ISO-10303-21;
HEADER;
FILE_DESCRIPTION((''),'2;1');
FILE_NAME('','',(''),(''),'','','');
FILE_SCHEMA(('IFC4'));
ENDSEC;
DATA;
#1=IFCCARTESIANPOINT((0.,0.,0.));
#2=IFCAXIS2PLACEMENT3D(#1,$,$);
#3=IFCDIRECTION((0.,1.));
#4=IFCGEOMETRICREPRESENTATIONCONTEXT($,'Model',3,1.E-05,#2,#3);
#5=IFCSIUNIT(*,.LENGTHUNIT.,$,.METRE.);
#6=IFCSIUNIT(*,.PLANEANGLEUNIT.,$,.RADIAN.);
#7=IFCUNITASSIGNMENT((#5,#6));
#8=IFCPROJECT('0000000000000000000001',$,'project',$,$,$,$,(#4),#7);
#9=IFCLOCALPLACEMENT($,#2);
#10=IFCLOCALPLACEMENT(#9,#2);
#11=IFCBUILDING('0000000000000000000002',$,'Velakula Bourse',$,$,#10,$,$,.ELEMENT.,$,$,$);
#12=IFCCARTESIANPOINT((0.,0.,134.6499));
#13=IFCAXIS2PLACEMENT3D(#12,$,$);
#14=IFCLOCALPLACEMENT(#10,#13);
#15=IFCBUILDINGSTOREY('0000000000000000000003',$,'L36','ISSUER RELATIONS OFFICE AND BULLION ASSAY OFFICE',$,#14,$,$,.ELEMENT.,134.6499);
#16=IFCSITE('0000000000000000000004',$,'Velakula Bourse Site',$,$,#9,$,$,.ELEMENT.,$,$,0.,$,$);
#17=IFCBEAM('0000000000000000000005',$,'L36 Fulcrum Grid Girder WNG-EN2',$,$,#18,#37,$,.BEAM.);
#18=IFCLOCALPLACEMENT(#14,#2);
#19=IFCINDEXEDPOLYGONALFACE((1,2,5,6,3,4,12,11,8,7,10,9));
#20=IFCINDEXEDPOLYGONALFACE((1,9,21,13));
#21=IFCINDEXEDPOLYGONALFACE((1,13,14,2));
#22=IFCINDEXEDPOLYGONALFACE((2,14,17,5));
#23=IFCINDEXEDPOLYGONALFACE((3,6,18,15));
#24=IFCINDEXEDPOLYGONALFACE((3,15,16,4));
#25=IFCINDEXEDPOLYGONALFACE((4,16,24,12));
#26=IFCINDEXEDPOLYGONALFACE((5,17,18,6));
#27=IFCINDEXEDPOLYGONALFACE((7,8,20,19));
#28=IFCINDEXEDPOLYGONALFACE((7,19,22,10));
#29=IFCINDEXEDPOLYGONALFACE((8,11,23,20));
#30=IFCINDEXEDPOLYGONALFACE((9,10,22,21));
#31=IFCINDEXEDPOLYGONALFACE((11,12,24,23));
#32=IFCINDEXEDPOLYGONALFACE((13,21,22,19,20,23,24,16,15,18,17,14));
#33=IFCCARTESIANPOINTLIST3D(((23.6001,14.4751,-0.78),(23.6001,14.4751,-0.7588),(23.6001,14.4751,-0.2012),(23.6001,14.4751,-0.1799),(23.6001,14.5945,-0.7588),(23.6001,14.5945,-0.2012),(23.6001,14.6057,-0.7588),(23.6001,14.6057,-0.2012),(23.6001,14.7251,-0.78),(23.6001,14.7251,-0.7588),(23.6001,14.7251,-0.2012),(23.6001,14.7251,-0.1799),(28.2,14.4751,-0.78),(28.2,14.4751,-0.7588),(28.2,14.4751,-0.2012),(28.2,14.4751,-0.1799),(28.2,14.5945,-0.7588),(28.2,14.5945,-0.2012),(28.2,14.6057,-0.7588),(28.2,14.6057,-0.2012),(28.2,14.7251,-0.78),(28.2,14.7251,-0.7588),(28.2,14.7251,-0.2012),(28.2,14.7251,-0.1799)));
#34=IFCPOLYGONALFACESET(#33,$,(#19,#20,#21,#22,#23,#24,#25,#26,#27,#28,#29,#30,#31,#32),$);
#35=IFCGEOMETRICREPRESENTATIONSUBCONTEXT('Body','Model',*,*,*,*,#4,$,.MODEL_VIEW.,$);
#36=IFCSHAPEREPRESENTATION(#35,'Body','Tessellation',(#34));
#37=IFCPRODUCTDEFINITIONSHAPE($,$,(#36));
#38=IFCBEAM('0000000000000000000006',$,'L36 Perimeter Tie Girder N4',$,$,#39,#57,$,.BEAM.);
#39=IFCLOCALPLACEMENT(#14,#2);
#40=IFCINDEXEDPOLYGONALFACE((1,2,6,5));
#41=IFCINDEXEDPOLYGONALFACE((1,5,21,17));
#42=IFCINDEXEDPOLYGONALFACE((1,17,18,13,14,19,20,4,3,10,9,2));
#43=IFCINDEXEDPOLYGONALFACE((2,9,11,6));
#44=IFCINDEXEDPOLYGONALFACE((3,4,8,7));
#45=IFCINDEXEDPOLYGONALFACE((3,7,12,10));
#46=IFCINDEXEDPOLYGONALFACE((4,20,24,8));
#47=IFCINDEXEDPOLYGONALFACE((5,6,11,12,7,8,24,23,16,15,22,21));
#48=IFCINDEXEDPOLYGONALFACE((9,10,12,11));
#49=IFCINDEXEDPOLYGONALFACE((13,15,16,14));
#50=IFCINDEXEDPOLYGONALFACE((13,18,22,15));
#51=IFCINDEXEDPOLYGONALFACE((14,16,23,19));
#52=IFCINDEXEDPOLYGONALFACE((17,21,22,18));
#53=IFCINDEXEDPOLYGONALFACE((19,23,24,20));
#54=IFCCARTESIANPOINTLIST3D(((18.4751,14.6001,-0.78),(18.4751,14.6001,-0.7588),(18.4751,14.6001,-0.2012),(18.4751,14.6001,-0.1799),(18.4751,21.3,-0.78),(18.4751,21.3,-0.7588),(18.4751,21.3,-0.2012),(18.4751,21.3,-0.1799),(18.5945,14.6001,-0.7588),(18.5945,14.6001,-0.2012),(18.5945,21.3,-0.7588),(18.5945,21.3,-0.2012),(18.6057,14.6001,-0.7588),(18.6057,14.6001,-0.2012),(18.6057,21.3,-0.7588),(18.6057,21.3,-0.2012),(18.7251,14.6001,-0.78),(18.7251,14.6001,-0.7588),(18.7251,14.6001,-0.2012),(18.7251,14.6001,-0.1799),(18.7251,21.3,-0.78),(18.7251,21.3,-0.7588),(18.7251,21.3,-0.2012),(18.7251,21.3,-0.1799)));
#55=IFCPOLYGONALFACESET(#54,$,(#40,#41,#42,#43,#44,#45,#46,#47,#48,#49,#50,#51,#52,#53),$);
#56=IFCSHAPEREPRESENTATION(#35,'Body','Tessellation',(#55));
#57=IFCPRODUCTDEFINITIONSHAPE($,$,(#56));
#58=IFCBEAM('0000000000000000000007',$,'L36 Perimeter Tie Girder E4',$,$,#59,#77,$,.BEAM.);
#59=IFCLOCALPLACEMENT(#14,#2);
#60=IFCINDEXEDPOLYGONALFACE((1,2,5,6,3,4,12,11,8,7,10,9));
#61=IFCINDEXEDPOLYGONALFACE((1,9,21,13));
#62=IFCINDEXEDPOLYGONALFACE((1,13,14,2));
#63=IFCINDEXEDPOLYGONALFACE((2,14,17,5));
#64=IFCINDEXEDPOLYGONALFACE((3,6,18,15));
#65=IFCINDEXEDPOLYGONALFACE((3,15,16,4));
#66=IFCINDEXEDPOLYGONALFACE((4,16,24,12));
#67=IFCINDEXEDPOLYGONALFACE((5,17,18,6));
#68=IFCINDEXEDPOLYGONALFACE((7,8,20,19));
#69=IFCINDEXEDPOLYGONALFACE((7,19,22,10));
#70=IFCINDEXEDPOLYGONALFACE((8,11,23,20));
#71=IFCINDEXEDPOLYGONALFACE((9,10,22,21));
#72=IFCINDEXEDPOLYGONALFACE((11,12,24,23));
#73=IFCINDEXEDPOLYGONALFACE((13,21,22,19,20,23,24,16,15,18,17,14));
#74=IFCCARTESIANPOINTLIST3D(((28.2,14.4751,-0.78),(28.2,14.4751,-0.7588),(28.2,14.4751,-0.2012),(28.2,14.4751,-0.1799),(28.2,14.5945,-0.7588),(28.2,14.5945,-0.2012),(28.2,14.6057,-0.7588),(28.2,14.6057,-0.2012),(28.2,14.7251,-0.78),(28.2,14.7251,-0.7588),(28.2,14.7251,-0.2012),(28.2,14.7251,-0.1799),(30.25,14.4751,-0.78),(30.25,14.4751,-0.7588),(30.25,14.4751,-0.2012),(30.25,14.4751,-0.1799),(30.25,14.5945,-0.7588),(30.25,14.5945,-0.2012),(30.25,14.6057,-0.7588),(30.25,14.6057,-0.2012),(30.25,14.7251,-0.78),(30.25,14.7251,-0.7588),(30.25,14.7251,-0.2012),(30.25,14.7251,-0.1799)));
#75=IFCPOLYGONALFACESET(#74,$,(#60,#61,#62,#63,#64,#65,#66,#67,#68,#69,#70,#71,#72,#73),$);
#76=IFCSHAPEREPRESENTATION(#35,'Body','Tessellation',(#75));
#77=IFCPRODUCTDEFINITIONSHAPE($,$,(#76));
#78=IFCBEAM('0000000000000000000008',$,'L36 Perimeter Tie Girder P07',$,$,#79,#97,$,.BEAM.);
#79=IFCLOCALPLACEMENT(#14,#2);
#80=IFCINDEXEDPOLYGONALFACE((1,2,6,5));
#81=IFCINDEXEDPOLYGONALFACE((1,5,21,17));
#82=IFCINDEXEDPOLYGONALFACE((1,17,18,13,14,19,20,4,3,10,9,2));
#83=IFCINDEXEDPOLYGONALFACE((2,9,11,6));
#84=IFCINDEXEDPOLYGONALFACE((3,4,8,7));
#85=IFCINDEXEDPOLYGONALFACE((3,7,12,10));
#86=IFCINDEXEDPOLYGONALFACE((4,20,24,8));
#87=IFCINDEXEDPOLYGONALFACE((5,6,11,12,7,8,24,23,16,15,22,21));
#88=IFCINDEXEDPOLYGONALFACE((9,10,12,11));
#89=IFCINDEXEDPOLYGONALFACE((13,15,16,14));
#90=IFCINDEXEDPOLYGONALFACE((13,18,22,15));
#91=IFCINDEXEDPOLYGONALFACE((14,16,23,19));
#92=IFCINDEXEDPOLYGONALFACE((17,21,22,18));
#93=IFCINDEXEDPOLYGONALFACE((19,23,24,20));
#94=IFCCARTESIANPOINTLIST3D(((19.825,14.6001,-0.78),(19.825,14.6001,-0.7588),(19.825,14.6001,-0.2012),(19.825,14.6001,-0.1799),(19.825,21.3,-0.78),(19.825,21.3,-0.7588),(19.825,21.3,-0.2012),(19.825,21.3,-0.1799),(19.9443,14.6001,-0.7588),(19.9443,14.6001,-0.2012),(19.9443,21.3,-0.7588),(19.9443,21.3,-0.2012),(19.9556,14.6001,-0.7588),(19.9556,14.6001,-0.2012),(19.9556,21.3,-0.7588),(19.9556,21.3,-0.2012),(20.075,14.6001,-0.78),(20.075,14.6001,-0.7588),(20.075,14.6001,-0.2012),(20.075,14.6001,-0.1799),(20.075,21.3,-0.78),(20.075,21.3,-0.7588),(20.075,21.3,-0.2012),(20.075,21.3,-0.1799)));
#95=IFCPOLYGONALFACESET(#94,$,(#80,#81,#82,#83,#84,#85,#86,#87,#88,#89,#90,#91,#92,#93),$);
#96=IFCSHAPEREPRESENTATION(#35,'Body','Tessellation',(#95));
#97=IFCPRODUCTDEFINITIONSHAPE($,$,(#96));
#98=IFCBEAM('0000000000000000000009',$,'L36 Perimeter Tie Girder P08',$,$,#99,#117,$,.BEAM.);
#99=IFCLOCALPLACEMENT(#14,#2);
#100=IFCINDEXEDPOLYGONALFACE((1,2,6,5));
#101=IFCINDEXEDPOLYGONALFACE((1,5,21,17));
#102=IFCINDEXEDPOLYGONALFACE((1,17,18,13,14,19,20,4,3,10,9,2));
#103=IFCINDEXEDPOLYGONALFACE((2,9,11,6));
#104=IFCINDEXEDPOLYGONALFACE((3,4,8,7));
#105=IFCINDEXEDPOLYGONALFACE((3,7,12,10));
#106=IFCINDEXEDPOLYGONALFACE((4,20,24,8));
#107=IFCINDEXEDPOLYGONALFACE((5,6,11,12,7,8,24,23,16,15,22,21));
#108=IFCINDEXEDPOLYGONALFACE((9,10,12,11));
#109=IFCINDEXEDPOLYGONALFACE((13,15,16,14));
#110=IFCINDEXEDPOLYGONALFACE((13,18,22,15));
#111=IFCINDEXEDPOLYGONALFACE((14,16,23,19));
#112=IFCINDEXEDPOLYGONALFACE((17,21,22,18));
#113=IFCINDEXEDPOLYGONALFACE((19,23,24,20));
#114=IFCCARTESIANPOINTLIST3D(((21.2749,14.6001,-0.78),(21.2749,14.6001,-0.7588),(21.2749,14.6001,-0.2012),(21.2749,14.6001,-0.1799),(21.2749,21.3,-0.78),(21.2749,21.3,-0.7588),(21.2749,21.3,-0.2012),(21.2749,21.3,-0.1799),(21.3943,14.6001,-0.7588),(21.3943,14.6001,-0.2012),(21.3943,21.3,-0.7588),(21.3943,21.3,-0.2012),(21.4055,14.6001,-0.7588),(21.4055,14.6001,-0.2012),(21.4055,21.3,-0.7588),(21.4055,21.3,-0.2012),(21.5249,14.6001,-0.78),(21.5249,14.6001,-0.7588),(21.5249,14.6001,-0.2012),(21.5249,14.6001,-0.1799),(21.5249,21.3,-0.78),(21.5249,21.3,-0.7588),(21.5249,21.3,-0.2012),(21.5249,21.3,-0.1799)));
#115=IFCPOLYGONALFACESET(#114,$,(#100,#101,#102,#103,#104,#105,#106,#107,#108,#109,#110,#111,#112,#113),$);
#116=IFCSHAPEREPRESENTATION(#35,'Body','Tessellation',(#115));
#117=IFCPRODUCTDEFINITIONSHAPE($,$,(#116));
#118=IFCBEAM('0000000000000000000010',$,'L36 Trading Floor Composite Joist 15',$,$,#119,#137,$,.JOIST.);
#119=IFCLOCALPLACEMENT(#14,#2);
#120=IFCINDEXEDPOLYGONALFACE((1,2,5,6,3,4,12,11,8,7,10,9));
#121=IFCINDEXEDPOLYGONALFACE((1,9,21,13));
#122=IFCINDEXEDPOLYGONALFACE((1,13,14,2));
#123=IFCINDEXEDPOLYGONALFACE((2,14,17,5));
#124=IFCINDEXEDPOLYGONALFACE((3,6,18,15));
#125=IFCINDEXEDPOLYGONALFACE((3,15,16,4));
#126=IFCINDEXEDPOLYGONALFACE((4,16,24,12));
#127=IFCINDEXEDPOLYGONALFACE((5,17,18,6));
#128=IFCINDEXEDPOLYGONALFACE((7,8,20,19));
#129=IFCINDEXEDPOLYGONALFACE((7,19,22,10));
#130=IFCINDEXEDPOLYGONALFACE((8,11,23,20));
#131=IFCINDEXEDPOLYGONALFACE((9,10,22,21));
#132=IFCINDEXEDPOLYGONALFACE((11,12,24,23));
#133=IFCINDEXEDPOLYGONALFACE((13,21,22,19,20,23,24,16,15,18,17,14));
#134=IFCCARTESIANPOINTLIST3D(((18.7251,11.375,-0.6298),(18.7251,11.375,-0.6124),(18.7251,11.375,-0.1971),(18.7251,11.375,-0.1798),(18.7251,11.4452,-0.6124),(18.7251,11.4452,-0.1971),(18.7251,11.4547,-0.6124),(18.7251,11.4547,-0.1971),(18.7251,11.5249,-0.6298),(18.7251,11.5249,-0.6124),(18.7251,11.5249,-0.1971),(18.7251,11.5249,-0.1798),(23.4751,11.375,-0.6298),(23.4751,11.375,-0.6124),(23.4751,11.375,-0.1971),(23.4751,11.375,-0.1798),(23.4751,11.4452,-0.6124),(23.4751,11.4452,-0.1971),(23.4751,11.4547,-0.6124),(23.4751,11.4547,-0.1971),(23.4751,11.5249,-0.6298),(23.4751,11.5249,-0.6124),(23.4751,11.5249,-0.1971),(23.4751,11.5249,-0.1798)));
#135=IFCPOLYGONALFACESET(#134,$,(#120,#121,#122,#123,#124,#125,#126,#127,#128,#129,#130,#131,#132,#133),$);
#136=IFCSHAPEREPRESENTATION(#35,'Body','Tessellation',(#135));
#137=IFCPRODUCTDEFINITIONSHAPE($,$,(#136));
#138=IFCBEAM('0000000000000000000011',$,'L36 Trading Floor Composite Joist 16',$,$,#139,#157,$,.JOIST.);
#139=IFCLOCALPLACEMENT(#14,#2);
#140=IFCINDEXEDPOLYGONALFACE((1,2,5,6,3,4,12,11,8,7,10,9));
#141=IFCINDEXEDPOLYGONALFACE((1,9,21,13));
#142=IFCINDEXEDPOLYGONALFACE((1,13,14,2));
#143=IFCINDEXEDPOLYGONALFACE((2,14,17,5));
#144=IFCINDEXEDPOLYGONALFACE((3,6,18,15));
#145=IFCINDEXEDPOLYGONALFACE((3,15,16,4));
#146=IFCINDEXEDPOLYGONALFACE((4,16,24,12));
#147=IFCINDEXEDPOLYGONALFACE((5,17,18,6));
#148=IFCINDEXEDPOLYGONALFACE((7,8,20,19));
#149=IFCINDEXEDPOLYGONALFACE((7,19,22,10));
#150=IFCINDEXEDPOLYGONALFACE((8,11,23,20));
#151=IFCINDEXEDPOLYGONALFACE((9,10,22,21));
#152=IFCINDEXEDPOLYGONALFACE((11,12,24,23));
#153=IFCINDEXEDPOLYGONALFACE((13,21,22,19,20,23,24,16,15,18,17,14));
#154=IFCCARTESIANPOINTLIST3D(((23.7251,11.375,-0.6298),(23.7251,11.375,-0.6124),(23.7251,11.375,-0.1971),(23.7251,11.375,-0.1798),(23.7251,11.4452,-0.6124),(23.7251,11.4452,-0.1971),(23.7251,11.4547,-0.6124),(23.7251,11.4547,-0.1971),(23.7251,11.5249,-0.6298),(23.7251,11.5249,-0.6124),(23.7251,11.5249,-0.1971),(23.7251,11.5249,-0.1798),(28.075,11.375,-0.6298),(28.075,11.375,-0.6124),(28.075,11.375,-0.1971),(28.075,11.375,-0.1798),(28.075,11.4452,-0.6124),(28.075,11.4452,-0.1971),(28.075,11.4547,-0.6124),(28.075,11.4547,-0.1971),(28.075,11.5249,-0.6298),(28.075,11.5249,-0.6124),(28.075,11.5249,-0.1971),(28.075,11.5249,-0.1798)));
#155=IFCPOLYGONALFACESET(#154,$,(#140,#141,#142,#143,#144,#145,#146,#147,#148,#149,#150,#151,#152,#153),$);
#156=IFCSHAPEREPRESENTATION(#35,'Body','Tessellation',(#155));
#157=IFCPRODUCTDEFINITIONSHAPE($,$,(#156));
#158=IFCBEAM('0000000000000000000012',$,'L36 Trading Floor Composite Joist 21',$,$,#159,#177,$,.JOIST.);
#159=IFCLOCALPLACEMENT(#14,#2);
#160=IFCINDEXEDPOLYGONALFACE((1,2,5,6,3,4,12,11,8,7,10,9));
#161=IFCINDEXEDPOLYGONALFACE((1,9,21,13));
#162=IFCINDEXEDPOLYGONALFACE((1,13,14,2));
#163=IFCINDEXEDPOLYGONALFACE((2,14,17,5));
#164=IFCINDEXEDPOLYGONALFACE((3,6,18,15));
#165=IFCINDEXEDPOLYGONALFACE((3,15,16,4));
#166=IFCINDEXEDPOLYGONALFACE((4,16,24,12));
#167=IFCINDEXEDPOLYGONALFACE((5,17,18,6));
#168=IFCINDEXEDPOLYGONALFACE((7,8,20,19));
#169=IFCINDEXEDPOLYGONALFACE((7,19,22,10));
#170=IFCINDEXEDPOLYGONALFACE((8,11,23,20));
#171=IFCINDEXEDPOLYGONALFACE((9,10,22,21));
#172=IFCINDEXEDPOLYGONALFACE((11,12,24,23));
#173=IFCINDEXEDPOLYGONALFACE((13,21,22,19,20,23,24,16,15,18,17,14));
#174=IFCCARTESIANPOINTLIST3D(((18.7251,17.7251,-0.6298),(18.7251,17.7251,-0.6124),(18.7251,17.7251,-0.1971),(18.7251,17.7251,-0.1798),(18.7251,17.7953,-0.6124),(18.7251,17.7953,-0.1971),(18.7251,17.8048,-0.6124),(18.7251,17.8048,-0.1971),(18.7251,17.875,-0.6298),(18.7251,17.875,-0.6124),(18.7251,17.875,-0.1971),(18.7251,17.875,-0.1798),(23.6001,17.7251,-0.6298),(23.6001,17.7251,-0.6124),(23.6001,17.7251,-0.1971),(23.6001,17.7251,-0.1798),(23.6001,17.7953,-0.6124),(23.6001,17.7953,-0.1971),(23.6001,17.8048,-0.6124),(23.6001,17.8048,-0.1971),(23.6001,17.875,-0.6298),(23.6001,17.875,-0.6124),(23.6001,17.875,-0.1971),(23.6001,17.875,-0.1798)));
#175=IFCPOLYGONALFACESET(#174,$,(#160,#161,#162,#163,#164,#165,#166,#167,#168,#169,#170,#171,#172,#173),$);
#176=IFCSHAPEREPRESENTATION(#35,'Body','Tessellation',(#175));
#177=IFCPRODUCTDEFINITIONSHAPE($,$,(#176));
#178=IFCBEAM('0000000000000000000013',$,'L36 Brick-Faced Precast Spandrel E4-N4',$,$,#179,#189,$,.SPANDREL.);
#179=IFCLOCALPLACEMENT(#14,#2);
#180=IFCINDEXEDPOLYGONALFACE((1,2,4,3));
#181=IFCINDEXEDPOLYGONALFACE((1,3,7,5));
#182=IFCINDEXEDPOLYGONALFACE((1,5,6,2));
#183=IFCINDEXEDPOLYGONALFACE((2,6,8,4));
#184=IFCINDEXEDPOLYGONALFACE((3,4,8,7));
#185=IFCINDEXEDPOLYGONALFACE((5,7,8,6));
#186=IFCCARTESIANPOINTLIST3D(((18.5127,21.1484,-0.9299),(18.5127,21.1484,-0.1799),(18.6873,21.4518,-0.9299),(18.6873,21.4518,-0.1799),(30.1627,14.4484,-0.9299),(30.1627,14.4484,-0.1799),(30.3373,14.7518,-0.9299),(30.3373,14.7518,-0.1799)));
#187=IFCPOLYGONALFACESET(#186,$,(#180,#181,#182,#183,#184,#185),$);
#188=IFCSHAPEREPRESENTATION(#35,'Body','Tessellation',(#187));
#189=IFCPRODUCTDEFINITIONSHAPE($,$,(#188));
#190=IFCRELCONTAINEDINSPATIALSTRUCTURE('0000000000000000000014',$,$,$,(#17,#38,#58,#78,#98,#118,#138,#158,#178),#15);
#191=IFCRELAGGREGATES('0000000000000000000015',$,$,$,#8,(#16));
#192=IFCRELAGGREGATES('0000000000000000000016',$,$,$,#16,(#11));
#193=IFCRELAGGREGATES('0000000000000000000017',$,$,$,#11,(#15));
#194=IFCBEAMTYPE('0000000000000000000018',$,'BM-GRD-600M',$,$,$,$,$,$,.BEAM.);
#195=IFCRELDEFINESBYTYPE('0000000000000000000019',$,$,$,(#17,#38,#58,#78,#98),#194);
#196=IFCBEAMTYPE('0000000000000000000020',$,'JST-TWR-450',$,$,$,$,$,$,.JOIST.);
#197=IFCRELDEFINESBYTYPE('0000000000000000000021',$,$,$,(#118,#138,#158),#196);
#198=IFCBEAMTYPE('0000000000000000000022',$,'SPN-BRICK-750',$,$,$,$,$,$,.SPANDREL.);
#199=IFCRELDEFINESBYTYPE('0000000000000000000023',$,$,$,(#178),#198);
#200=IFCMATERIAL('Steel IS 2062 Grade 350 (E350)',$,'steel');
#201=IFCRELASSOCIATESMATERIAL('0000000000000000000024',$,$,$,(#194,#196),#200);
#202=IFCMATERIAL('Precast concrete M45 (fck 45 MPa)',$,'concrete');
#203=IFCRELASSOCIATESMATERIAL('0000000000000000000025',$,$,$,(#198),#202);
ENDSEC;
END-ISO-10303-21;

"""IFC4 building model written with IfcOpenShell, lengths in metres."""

from ifc_helpers import new_model, si_unit, direction, frame, origin, origin_2d, place, context, subcontext, project, spatial, rectangle, i_section, extrude, material, material_profile, profile_set, type_object, element, save


model = new_model("IFC4")

# Units and contexts
model_context = context("Model", 3, precision=1e-05, world=origin(), true_north=direction((0.0, 1.0)))
body_context = subcontext(model_context, "Body", "Model", "MODEL_VIEW")
ifc_project = project(units=[si_unit("LENGTHUNIT", "METRE"), si_unit("PLANEANGLEUNIT", "RADIAN")], contexts=[model_context])

# Site, building, storey
site_placement = place(None, origin())
site = spatial("IfcSite", under=ifc_project, at=site_placement, Name="Velakula Bourse Site", CompositionType="ELEMENT", RefElevation=0.0)
building_placement = place(site_placement, origin())
building = spatial("IfcBuilding", under=site, at=building_placement, Name="Velakula Bourse", CompositionType="ELEMENT")
storey_placement = place(building_placement, frame((0.0, 0.0, 134.6499)))
storey = spatial("IfcBuildingStorey", under=building, at=storey_placement, Name="L36", Description="ISSUER RELATIONS OFFICE AND BULLION ASSAY OFFICE", CompositionType="ELEMENT", Elevation=134.6499)

# Shared definitions
ifc_material_1 = material(Name="Steel IS 2062 Grade 350 (E350)", Category="steel")
ifc_material_2 = material(Name="Precast concrete M45 (fck 45 MPa)", Category="concrete")

# Beams
ifc_material_profile_1 = material_profile(ifc_material_1, i_section(OverallWidth=0.25, OverallDepth=0.6001, WebThickness=0.0112, FlangeThickness=0.0212, at=origin_2d()), Name="Steel IS 2062 Grade 350 (E350)")
ifc_profile_set_1 = profile_set([ifc_material_profile_1], Name="Steel IS 2062 Grade 350 (E350)")
beam_type_1 = type_object("IfcBeamType", Name="BM-GRD-600M", PredefinedType="BEAM", material=ifc_profile_set_1)
beam_1_placement = place(storey_placement, frame((23.6001, 14.6001, -0.48), z_axis=(1.0, 0.0, 0.0), x_axis=(0.0, 1.0, 0.0)))
element("IfcBeam", 1, at=beam_1_placement, inside=storey, type_object=beam_type_1, Name="L36 Fulcrum Grid Girder WNG-EN2", PredefinedType="BEAM", context=body_context, shape_type="SweptSolid", body=[
    extrude(i_section(OverallWidth=0.25, OverallDepth=0.6001, WebThickness=0.0112, FlangeThickness=0.0212, at=origin_2d()), origin(), (0.0, 0.0, 1.0), 4.5999),
])
beam_2_placement = place(storey_placement, frame((18.6001, 14.6001, -0.48), z_axis=(0.0, 1.0, 0.0), x_axis=(-1.0, 0.0, 0.0)))
element("IfcBeam", 2, at=beam_2_placement, inside=storey, type_object=beam_type_1, Name="L36 Perimeter Tie Girder N4", PredefinedType="BEAM", context=body_context, shape_type="SweptSolid", body=[
    extrude(i_section(OverallWidth=0.25, OverallDepth=0.6001, WebThickness=0.0112, FlangeThickness=0.0212, at=origin_2d()), origin(), (0.0, 0.0, 1.0), 6.7),
])
beam_3_placement = place(storey_placement, frame((28.2, 14.6001, -0.48), z_axis=(1.0, 0.0, 0.0), x_axis=(0.0, 1.0, 0.0)))
element("IfcBeam", 3, at=beam_3_placement, inside=storey, type_object=beam_type_1, Name="L36 Perimeter Tie Girder E4", PredefinedType="BEAM", context=body_context, shape_type="SweptSolid", body=[
    extrude(i_section(OverallWidth=0.25, OverallDepth=0.6001, WebThickness=0.0112, FlangeThickness=0.0212, at=origin_2d()), origin(), (0.0, 0.0, 1.0), 2.05),
])
for number, where, z_axis, x_axis, name in (
    (4, (19.95, 14.6001, -0.48), (0.0, 1.0, 0.0), (-1.0, 0.0, 0.0), "L36 Perimeter Tie Girder P07"),
    (5, (21.3999, 14.6001, -0.48), (0.0, 1.0, 0.0), (-1.0, 0.0, 0.0), "L36 Perimeter Tie Girder P08"),
):
    element("IfcBeam", number, at=place(storey_placement, frame(where, z_axis=z_axis, x_axis=x_axis)), inside=storey, type_object=beam_type_1, Name=name, PredefinedType="BEAM", context=body_context, shape_type="SweptSolid", body=[
        extrude(i_section(OverallWidth=0.25, OverallDepth=0.6001, WebThickness=0.0112, FlangeThickness=0.0212, at=origin_2d()), origin(), (0.0, 0.0, 1.0), 6.7),
    ])
ifc_material_profile_2 = material_profile(ifc_material_1, i_section(OverallWidth=0.1499, OverallDepth=0.45, WebThickness=0.0095, FlangeThickness=0.0173, at=origin_2d()), Name="Steel IS 2062 Grade 350 (E350)")
ifc_profile_set_2 = profile_set([ifc_material_profile_2], Name="Steel IS 2062 Grade 350 (E350)")
beam_type_2 = type_object("IfcBeamType", Name="JST-TWR-450", PredefinedType="JOIST", material=ifc_profile_set_2)
beam_4_placement = place(storey_placement, frame((18.7251, 11.45, -0.4048), z_axis=(1.0, 0.0, 0.0), x_axis=(0.0, 1.0, 0.0)))
element("IfcBeam", 6, at=beam_4_placement, inside=storey, type_object=beam_type_2, Name="L36 Trading Floor Composite Joist 15", PredefinedType="JOIST", context=body_context, shape_type="SweptSolid", body=[
    extrude(i_section(OverallWidth=0.1499, OverallDepth=0.45, WebThickness=0.0095, FlangeThickness=0.0173, at=origin_2d()), origin(), (0.0, 0.0, 1.0), 4.75),
])
beam_5_placement = place(storey_placement, frame((23.7251, 11.45, -0.4048), z_axis=(1.0, 0.0, 0.0), x_axis=(0.0, 1.0, 0.0)))
element("IfcBeam", 7, at=beam_5_placement, inside=storey, type_object=beam_type_2, Name="L36 Trading Floor Composite Joist 16", PredefinedType="JOIST", context=body_context, shape_type="SweptSolid", body=[
    extrude(i_section(OverallWidth=0.1499, OverallDepth=0.45, WebThickness=0.0095, FlangeThickness=0.0173, at=origin_2d()), origin(), (0.0, 0.0, 1.0), 4.3499),
])
beam_6_placement = place(storey_placement, frame((18.7251, 17.8, -0.4048), z_axis=(1.0, 0.0, 0.0), x_axis=(0.0, 1.0, 0.0)))
element("IfcBeam", 8, at=beam_6_placement, inside=storey, type_object=beam_type_2, Name="L36 Trading Floor Composite Joist 21", PredefinedType="JOIST", context=body_context, shape_type="SweptSolid", body=[
    extrude(i_section(OverallWidth=0.1499, OverallDepth=0.45, WebThickness=0.0095, FlangeThickness=0.0173, at=origin_2d()), origin(), (0.0, 0.0, 1.0), 4.875),
])
ifc_material_profile_3 = material_profile(ifc_material_2, rectangle(XDim=0.3501, YDim=0.75, at=origin_2d()), Name="Precast concrete M45 (fck 45 MPa)")
ifc_profile_set_3 = profile_set([ifc_material_profile_3], Name="Precast concrete M45 (fck 45 MPa)")
beam_type_3 = type_object("IfcBeamType", Name="SPN-BRICK-750", PredefinedType="SPANDREL", material=ifc_profile_set_3)
beam_7_placement = place(storey_placement, frame((30.25, 14.6001, -0.5549), z_axis=(-0.866866, 0.498541, 0.0), x_axis=(-0.498541, -0.866866, 0.0)))
element("IfcBeam", 9, at=beam_7_placement, inside=storey, type_object=beam_type_3, Name="L36 Brick-Faced Precast Spandrel E4-N4", PredefinedType="SPANDREL", context=body_context, shape_type="SweptSolid", body=[
    extrude(rectangle(XDim=0.3501, YDim=0.75, at=origin_2d()), origin(), (0.0, 0.0, 1.0), 13.4392),
])

save(model, "model.ifc")
